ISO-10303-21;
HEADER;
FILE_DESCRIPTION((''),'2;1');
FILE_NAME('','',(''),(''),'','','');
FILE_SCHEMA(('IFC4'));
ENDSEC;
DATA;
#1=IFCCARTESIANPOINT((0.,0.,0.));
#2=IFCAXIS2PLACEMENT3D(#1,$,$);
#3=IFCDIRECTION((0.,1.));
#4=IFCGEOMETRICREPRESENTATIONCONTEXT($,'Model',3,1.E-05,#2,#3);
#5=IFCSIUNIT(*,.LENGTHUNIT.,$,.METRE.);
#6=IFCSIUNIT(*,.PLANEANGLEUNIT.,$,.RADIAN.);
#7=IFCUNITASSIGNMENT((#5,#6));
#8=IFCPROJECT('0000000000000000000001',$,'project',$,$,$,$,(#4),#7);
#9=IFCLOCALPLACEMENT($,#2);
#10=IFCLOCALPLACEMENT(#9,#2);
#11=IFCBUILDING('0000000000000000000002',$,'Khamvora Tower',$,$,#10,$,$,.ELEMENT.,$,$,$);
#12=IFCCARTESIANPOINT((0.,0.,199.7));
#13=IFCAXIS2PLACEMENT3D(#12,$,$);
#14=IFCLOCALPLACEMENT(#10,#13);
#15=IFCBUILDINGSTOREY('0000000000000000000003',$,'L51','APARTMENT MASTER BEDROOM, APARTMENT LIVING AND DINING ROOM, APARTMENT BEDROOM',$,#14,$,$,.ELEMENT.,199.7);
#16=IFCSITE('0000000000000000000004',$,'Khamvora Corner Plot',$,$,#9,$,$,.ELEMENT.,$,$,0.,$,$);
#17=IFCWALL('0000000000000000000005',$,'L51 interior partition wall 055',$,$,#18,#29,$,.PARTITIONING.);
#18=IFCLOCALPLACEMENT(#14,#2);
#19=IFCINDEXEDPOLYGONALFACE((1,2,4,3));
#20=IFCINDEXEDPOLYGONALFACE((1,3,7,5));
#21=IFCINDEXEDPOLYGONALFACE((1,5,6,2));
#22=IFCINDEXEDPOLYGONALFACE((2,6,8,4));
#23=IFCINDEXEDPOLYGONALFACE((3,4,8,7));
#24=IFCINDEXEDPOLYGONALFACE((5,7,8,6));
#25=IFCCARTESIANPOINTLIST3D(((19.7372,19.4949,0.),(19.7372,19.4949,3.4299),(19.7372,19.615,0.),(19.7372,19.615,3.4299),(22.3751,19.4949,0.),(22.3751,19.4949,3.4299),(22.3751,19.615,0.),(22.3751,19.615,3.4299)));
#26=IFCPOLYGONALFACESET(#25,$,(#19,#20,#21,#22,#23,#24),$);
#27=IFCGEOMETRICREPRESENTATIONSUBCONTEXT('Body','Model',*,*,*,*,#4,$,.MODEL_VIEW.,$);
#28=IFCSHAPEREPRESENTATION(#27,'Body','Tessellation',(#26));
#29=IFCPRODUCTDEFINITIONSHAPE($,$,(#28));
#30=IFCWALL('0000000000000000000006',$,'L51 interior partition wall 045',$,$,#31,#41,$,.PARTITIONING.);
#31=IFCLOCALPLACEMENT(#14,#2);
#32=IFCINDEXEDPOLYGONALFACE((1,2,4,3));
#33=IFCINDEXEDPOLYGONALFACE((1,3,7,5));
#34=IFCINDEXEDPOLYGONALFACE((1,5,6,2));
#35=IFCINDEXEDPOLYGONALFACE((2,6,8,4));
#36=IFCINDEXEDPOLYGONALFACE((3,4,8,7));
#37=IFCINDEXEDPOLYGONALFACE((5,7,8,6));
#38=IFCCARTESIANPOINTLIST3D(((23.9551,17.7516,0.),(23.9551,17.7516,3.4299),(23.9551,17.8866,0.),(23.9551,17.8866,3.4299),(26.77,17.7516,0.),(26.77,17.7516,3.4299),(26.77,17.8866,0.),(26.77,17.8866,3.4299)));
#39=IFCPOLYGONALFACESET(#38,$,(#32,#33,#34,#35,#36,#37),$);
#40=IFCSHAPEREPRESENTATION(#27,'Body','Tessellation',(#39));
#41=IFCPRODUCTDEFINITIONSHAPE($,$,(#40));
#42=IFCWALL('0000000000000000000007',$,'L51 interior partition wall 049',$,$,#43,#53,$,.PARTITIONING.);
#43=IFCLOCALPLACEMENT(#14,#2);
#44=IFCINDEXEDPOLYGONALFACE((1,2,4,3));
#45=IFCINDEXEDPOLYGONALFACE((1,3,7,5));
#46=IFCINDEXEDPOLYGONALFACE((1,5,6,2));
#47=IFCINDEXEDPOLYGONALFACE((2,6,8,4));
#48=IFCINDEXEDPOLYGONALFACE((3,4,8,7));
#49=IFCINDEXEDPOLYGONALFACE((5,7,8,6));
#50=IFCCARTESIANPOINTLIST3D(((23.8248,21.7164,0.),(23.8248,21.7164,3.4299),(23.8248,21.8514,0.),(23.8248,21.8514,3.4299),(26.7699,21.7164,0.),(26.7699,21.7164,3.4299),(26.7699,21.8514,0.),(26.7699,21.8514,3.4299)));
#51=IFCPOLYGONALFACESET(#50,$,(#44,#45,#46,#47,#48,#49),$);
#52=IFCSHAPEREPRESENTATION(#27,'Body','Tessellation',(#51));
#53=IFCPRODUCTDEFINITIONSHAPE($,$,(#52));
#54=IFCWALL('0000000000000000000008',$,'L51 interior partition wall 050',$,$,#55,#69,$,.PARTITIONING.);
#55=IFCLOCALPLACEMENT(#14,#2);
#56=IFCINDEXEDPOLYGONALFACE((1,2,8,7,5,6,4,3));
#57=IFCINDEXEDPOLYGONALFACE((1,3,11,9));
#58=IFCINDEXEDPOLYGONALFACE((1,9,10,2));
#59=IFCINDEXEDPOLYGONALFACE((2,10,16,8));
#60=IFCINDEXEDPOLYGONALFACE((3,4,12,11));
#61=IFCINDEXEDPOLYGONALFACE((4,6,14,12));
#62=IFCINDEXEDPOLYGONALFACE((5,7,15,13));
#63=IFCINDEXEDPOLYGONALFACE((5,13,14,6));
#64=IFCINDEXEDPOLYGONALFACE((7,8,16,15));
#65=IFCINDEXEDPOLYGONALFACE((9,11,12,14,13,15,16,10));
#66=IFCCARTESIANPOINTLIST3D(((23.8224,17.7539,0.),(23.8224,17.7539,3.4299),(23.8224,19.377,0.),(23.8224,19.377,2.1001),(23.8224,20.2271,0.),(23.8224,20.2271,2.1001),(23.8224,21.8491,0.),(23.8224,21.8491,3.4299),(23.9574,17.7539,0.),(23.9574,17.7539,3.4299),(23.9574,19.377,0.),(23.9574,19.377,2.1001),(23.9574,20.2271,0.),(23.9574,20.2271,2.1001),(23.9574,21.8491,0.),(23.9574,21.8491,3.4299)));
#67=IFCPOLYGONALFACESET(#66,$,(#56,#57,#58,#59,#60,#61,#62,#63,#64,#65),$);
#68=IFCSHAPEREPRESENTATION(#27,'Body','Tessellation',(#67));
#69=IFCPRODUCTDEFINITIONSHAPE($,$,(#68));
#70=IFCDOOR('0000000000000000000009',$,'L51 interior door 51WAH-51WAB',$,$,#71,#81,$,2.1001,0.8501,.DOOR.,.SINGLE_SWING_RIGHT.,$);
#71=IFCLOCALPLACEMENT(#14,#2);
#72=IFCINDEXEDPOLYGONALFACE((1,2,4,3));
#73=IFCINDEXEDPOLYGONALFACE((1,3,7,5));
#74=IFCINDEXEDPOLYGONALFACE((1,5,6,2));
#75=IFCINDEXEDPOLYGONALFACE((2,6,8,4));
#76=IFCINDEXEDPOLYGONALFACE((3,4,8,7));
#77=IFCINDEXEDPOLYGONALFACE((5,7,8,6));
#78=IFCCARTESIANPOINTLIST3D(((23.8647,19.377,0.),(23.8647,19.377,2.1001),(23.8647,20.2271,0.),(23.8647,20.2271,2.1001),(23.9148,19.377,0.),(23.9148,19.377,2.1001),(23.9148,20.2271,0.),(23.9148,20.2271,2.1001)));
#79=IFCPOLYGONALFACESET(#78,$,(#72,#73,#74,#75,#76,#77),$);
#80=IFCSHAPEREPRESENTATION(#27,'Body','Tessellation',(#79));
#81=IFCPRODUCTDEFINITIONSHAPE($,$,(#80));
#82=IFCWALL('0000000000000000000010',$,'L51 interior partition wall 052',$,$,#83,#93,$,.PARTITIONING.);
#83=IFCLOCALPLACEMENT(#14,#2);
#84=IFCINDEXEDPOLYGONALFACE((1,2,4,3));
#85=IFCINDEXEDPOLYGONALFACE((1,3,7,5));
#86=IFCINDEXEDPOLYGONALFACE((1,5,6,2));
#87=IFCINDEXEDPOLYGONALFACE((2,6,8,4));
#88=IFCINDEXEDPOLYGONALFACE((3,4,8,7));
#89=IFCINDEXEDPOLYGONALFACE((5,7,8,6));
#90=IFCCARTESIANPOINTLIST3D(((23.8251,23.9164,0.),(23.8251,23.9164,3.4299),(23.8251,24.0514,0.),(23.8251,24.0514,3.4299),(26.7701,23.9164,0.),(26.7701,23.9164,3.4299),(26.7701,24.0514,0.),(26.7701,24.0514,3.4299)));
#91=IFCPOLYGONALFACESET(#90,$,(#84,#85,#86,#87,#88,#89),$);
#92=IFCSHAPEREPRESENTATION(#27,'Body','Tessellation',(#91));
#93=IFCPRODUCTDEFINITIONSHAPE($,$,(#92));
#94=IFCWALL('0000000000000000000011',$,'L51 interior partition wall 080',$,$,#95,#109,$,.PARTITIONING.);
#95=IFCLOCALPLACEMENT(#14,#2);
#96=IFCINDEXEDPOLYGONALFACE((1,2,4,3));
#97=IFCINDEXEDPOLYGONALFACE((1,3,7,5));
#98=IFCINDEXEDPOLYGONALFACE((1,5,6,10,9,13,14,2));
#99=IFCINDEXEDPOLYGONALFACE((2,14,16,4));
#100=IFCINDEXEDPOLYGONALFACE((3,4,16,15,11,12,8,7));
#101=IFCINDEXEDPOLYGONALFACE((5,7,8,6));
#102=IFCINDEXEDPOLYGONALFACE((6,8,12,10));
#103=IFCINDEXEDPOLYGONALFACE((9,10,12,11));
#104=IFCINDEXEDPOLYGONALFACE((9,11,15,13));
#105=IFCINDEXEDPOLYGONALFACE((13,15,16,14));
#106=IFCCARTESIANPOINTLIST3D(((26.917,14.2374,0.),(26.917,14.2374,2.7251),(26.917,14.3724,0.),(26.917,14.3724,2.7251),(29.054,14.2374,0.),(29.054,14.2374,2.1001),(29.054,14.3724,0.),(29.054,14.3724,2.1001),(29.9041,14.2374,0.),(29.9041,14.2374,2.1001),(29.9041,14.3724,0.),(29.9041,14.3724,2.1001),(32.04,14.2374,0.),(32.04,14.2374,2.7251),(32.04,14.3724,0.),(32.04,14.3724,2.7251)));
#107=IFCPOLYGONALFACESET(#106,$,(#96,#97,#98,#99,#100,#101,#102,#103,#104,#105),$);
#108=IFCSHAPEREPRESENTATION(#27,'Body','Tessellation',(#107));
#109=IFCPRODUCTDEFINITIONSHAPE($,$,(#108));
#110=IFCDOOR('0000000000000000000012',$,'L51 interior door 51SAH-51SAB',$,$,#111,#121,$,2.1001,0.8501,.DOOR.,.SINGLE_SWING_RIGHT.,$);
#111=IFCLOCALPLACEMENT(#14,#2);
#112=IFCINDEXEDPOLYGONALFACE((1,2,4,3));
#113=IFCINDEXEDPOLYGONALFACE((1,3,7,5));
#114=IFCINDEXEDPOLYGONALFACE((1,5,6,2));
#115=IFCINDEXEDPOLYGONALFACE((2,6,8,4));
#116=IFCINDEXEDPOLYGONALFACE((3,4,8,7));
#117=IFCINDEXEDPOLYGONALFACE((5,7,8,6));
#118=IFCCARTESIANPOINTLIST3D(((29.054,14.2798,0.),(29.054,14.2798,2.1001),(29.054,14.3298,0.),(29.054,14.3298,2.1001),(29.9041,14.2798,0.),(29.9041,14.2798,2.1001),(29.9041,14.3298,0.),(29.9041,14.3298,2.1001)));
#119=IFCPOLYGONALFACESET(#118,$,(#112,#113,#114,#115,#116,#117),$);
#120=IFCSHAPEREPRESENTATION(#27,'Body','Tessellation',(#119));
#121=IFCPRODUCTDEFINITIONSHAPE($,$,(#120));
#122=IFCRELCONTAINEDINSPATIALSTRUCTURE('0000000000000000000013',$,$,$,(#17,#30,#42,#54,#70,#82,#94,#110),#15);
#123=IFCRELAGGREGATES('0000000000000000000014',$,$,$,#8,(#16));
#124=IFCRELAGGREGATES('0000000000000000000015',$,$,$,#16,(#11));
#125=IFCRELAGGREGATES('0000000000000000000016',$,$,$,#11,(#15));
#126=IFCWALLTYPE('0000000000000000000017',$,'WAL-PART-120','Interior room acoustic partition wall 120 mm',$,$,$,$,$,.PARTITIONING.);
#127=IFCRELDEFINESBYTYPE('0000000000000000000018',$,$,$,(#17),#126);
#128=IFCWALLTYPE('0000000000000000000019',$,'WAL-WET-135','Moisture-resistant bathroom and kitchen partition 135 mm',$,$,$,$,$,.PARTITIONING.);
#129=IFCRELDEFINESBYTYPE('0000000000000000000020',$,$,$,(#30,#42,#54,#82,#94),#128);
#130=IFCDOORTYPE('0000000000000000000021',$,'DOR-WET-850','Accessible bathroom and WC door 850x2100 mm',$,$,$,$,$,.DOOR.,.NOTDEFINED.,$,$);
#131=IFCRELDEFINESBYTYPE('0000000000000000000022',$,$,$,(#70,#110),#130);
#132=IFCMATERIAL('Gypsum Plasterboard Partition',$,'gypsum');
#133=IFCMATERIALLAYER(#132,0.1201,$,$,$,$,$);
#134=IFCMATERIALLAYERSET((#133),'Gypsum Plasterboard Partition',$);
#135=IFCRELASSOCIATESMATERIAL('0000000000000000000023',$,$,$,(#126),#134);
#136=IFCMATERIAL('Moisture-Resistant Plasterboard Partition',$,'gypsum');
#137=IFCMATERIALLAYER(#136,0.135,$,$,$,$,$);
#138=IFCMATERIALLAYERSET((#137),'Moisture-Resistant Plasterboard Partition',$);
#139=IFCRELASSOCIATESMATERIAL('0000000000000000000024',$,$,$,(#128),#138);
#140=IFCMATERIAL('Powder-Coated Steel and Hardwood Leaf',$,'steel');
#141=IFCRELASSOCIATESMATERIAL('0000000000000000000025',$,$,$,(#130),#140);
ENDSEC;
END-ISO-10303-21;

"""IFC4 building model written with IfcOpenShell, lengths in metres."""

from ifc_helpers import new_model, si_unit, direction, frame, frame_2d, origin, place, context, subcontext, project, spatial, rectangle, extrude, material, layer, layer_set, type_object, element, fill, save


model = new_model("IFC4")

# Units and contexts
model_context = context("Model", 3, precision=1e-05, world=origin(), true_north=direction((0.0, 1.0)))
body_context = subcontext(model_context, "Body", "Model", "MODEL_VIEW")
ifc_project = project(units=[si_unit("LENGTHUNIT", "METRE"), si_unit("PLANEANGLEUNIT", "RADIAN")], contexts=[model_context])

# Site, building, storey
site_placement = place(None, origin())
site = spatial("IfcSite", under=ifc_project, at=site_placement, Name="Khamvora Corner Plot", CompositionType="ELEMENT", RefElevation=0.0)
building_placement = place(site_placement, origin())
building = spatial("IfcBuilding", under=site, at=building_placement, Name="Khamvora Tower", CompositionType="ELEMENT")
storey_placement = place(building_placement, frame((0.0, 0.0, 199.7)))
storey = spatial("IfcBuildingStorey", under=building, at=storey_placement, Name="L51", Description="APARTMENT MASTER BEDROOM, APARTMENT LIVING AND DINING ROOM, APARTMENT BEDROOM", CompositionType="ELEMENT", Elevation=199.7)

# Shared definitions
ifc_material_1 = material(Name="Powder-Coated Steel and Hardwood Leaf", Category="steel")

# Shared definitions
ifc_material_2 = material(Name="Gypsum Plasterboard Partition", Category="gypsum")
ifc_layer_1 = layer(ifc_material_2, 0.1201)
ifc_layer_set_1 = layer_set([ifc_layer_1], Name="Gypsum Plasterboard Partition")
wall_type_1 = type_object("IfcWallType", Name="WAL-PART-120", Description="Interior room acoustic partition wall 120 mm", PredefinedType="PARTITIONING", material=ifc_layer_set_1)

# Walls
wall_1_placement = place(storey_placement, frame((22.375, 19.5549, 0.0), z_axis=(0.0, 0.0, 1.0), x_axis=(-1.0, 0.0, 0.0)))
element("IfcWall", 1, at=wall_1_placement, inside=storey, type_object=wall_type_1, Name="L51 interior partition wall 055", PredefinedType="PARTITIONING", context=body_context, shape_type="SweptSolid", body=[
    extrude(rectangle(XDim=2.6379, YDim=0.1201, at=frame_2d((1.3188, 0.0))), origin(), (0.0, 0.0, 1.0), 3.4299),
])
ifc_material_3 = material(Name="Moisture-Resistant Plasterboard Partition", Category="gypsum")
ifc_layer_2 = layer(ifc_material_3, 0.135)
ifc_layer_set_2 = layer_set([ifc_layer_2], Name="Moisture-Resistant Plasterboard Partition")
wall_type_2 = type_object("IfcWallType", Name="WAL-WET-135", Description="Moisture-resistant bathroom and kitchen partition 135 mm", PredefinedType="PARTITIONING", material=ifc_layer_set_2)
wall_2_placement = place(storey_placement, frame((23.9551, 17.8191, 0.0), z_axis=(0.0, 0.0, 1.0), x_axis=(1.0, 0.0, 0.0)))
element("IfcWall", 2, at=wall_2_placement, inside=storey, type_object=wall_type_2, Name="L51 interior partition wall 045", PredefinedType="PARTITIONING", context=body_context, shape_type="SweptSolid", body=[
    extrude(rectangle(XDim=2.8149, YDim=0.135, at=frame_2d((1.4075, 0.0))), origin(), (0.0, 0.0, 1.0), 3.4299),
])
wall_3_placement = place(storey_placement, frame((26.77, 21.7839, 0.0), z_axis=(0.0, 0.0, 1.0), x_axis=(-1.0, 0.0, 0.0)))
element("IfcWall", 3, at=wall_3_placement, inside=storey, type_object=wall_type_2, Name="L51 interior partition wall 049", PredefinedType="PARTITIONING", context=body_context, shape_type="SweptSolid", body=[
    extrude(rectangle(XDim=2.9451, YDim=0.135, at=frame_2d((1.4727, 0.0))), origin(), (0.0, 0.0, 1.0), 3.4299),
])

# Wall, opening, door
wall_4_placement = place(storey_placement, frame((23.8899, 21.8491, 0.0), z_axis=(0.0, 0.0, 1.0), x_axis=(0.0, -1.0, 0.0)))
wall_4 = element("IfcWall", 4, at=wall_4_placement, inside=storey, type_object=wall_type_2, Name="L51 interior partition wall 050", PredefinedType="PARTITIONING", context=body_context, shape_type="SweptSolid", body=[
    extrude(rectangle(XDim=4.0952, YDim=0.135, at=frame_2d((2.0476, 0.0))), origin(), (0.0, 0.0, 1.0), 3.4299),
])
opening_1_placement = place(wall_4_placement, frame((1.6221, 0.0, 0.0)))
opening_1 = element("IfcOpeningElement", 5, at=opening_1_placement, cuts=wall_4, PredefinedType="OPENING", context=body_context, shape_type="SweptSolid", body=[
    extrude(rectangle(XDim=0.8501, YDim=2.1001, at=frame_2d((0.425, 1.05))), frame((0.0, 0.0774, 0.0), z_axis=(0.0, -1.0, 0.0), x_axis=(1.0, 0.0, 0.0)), (0.0, 0.0, 1.0), 0.155),
])
door_type_1 = type_object("IfcDoorType", Name="DOR-WET-850", Description="Accessible bathroom and WC door 850x2100 mm", OperationType="NOTDEFINED", PredefinedType="DOOR", material=ifc_material_1)
door_1_placement = place(opening_1_placement, origin())
door_1 = element("IfcDoor", 6, at=door_1_placement, inside=storey, type_object=door_type_1, Name="L51 interior door 51WAH-51WAB", OperationType="SINGLE_SWING_RIGHT", OverallHeight=2.1001, OverallWidth=0.8501, PredefinedType="DOOR", context=body_context, shape_type="SweptSolid", body=[
    extrude(rectangle(XDim=0.8501, YDim=2.1001, at=frame_2d((0.425, 1.05))), frame((0.0, 0.0249, 0.0), z_axis=(0.0, -1.0, 0.0), x_axis=(1.0, 0.0, 0.0)), (0.0, 0.0, 1.0), 0.05),
])
fill(opening_1, door_1)

# Wall
wall_5_placement = place(storey_placement, frame((23.825, 23.9839, 0.0), z_axis=(0.0, 0.0, 1.0), x_axis=(1.0, 0.0, 0.0)))
element("IfcWall", 7, at=wall_5_placement, inside=storey, type_object=wall_type_2, Name="L51 interior partition wall 052", PredefinedType="PARTITIONING", context=body_context, shape_type="SweptSolid", body=[
    extrude(rectangle(XDim=2.9451, YDim=0.135, at=frame_2d((1.4727, 0.0))), origin(), (0.0, 0.0, 1.0), 3.4299),
])

# Wall, opening, door
wall_6_placement = place(storey_placement, frame((26.917, 14.3049, 0.0), z_axis=(0.0, 0.0, 1.0), x_axis=(1.0, 0.0, 0.0)))
wall_6 = element("IfcWall", 8, at=wall_6_placement, inside=storey, type_object=wall_type_2, Name="L51 interior partition wall 080", PredefinedType="PARTITIONING", context=body_context, shape_type="SweptSolid", body=[
    extrude(rectangle(XDim=5.123, YDim=0.135, at=frame_2d((2.5615, 0.0))), origin(), (0.0, 0.0, 1.0), 2.7251),
])
opening_2_placement = place(wall_6_placement, frame((2.137, 0.0, 0.0)))
opening_2 = element("IfcOpeningElement", 9, at=opening_2_placement, cuts=wall_6, PredefinedType="OPENING", context=body_context, shape_type="SweptSolid", body=[
    extrude(rectangle(XDim=0.8501, YDim=2.1001, at=frame_2d((0.425, 1.05))), frame((0.0, 0.0774, 0.0), z_axis=(0.0, -1.0, 0.0), x_axis=(1.0, 0.0, 0.0)), (0.0, 0.0, 1.0), 0.155),
])
door_2_placement = place(opening_2_placement, origin())
door_2 = element("IfcDoor", 10, at=door_2_placement, inside=storey, type_object=door_type_1, Name="L51 interior door 51SAH-51SAB", OperationType="SINGLE_SWING_RIGHT", OverallHeight=2.1001, OverallWidth=0.8501, PredefinedType="DOOR", context=body_context, shape_type="SweptSolid", body=[
    extrude(rectangle(XDim=0.8501, YDim=2.1001, at=frame_2d((0.425, 1.05))), frame((0.0, 0.0249, 0.0), z_axis=(0.0, -1.0, 0.0), x_axis=(1.0, 0.0, 0.0)), (0.0, 0.0, 1.0), 0.05),
])
fill(opening_2, door_2)

save(model, "model.ifc")
